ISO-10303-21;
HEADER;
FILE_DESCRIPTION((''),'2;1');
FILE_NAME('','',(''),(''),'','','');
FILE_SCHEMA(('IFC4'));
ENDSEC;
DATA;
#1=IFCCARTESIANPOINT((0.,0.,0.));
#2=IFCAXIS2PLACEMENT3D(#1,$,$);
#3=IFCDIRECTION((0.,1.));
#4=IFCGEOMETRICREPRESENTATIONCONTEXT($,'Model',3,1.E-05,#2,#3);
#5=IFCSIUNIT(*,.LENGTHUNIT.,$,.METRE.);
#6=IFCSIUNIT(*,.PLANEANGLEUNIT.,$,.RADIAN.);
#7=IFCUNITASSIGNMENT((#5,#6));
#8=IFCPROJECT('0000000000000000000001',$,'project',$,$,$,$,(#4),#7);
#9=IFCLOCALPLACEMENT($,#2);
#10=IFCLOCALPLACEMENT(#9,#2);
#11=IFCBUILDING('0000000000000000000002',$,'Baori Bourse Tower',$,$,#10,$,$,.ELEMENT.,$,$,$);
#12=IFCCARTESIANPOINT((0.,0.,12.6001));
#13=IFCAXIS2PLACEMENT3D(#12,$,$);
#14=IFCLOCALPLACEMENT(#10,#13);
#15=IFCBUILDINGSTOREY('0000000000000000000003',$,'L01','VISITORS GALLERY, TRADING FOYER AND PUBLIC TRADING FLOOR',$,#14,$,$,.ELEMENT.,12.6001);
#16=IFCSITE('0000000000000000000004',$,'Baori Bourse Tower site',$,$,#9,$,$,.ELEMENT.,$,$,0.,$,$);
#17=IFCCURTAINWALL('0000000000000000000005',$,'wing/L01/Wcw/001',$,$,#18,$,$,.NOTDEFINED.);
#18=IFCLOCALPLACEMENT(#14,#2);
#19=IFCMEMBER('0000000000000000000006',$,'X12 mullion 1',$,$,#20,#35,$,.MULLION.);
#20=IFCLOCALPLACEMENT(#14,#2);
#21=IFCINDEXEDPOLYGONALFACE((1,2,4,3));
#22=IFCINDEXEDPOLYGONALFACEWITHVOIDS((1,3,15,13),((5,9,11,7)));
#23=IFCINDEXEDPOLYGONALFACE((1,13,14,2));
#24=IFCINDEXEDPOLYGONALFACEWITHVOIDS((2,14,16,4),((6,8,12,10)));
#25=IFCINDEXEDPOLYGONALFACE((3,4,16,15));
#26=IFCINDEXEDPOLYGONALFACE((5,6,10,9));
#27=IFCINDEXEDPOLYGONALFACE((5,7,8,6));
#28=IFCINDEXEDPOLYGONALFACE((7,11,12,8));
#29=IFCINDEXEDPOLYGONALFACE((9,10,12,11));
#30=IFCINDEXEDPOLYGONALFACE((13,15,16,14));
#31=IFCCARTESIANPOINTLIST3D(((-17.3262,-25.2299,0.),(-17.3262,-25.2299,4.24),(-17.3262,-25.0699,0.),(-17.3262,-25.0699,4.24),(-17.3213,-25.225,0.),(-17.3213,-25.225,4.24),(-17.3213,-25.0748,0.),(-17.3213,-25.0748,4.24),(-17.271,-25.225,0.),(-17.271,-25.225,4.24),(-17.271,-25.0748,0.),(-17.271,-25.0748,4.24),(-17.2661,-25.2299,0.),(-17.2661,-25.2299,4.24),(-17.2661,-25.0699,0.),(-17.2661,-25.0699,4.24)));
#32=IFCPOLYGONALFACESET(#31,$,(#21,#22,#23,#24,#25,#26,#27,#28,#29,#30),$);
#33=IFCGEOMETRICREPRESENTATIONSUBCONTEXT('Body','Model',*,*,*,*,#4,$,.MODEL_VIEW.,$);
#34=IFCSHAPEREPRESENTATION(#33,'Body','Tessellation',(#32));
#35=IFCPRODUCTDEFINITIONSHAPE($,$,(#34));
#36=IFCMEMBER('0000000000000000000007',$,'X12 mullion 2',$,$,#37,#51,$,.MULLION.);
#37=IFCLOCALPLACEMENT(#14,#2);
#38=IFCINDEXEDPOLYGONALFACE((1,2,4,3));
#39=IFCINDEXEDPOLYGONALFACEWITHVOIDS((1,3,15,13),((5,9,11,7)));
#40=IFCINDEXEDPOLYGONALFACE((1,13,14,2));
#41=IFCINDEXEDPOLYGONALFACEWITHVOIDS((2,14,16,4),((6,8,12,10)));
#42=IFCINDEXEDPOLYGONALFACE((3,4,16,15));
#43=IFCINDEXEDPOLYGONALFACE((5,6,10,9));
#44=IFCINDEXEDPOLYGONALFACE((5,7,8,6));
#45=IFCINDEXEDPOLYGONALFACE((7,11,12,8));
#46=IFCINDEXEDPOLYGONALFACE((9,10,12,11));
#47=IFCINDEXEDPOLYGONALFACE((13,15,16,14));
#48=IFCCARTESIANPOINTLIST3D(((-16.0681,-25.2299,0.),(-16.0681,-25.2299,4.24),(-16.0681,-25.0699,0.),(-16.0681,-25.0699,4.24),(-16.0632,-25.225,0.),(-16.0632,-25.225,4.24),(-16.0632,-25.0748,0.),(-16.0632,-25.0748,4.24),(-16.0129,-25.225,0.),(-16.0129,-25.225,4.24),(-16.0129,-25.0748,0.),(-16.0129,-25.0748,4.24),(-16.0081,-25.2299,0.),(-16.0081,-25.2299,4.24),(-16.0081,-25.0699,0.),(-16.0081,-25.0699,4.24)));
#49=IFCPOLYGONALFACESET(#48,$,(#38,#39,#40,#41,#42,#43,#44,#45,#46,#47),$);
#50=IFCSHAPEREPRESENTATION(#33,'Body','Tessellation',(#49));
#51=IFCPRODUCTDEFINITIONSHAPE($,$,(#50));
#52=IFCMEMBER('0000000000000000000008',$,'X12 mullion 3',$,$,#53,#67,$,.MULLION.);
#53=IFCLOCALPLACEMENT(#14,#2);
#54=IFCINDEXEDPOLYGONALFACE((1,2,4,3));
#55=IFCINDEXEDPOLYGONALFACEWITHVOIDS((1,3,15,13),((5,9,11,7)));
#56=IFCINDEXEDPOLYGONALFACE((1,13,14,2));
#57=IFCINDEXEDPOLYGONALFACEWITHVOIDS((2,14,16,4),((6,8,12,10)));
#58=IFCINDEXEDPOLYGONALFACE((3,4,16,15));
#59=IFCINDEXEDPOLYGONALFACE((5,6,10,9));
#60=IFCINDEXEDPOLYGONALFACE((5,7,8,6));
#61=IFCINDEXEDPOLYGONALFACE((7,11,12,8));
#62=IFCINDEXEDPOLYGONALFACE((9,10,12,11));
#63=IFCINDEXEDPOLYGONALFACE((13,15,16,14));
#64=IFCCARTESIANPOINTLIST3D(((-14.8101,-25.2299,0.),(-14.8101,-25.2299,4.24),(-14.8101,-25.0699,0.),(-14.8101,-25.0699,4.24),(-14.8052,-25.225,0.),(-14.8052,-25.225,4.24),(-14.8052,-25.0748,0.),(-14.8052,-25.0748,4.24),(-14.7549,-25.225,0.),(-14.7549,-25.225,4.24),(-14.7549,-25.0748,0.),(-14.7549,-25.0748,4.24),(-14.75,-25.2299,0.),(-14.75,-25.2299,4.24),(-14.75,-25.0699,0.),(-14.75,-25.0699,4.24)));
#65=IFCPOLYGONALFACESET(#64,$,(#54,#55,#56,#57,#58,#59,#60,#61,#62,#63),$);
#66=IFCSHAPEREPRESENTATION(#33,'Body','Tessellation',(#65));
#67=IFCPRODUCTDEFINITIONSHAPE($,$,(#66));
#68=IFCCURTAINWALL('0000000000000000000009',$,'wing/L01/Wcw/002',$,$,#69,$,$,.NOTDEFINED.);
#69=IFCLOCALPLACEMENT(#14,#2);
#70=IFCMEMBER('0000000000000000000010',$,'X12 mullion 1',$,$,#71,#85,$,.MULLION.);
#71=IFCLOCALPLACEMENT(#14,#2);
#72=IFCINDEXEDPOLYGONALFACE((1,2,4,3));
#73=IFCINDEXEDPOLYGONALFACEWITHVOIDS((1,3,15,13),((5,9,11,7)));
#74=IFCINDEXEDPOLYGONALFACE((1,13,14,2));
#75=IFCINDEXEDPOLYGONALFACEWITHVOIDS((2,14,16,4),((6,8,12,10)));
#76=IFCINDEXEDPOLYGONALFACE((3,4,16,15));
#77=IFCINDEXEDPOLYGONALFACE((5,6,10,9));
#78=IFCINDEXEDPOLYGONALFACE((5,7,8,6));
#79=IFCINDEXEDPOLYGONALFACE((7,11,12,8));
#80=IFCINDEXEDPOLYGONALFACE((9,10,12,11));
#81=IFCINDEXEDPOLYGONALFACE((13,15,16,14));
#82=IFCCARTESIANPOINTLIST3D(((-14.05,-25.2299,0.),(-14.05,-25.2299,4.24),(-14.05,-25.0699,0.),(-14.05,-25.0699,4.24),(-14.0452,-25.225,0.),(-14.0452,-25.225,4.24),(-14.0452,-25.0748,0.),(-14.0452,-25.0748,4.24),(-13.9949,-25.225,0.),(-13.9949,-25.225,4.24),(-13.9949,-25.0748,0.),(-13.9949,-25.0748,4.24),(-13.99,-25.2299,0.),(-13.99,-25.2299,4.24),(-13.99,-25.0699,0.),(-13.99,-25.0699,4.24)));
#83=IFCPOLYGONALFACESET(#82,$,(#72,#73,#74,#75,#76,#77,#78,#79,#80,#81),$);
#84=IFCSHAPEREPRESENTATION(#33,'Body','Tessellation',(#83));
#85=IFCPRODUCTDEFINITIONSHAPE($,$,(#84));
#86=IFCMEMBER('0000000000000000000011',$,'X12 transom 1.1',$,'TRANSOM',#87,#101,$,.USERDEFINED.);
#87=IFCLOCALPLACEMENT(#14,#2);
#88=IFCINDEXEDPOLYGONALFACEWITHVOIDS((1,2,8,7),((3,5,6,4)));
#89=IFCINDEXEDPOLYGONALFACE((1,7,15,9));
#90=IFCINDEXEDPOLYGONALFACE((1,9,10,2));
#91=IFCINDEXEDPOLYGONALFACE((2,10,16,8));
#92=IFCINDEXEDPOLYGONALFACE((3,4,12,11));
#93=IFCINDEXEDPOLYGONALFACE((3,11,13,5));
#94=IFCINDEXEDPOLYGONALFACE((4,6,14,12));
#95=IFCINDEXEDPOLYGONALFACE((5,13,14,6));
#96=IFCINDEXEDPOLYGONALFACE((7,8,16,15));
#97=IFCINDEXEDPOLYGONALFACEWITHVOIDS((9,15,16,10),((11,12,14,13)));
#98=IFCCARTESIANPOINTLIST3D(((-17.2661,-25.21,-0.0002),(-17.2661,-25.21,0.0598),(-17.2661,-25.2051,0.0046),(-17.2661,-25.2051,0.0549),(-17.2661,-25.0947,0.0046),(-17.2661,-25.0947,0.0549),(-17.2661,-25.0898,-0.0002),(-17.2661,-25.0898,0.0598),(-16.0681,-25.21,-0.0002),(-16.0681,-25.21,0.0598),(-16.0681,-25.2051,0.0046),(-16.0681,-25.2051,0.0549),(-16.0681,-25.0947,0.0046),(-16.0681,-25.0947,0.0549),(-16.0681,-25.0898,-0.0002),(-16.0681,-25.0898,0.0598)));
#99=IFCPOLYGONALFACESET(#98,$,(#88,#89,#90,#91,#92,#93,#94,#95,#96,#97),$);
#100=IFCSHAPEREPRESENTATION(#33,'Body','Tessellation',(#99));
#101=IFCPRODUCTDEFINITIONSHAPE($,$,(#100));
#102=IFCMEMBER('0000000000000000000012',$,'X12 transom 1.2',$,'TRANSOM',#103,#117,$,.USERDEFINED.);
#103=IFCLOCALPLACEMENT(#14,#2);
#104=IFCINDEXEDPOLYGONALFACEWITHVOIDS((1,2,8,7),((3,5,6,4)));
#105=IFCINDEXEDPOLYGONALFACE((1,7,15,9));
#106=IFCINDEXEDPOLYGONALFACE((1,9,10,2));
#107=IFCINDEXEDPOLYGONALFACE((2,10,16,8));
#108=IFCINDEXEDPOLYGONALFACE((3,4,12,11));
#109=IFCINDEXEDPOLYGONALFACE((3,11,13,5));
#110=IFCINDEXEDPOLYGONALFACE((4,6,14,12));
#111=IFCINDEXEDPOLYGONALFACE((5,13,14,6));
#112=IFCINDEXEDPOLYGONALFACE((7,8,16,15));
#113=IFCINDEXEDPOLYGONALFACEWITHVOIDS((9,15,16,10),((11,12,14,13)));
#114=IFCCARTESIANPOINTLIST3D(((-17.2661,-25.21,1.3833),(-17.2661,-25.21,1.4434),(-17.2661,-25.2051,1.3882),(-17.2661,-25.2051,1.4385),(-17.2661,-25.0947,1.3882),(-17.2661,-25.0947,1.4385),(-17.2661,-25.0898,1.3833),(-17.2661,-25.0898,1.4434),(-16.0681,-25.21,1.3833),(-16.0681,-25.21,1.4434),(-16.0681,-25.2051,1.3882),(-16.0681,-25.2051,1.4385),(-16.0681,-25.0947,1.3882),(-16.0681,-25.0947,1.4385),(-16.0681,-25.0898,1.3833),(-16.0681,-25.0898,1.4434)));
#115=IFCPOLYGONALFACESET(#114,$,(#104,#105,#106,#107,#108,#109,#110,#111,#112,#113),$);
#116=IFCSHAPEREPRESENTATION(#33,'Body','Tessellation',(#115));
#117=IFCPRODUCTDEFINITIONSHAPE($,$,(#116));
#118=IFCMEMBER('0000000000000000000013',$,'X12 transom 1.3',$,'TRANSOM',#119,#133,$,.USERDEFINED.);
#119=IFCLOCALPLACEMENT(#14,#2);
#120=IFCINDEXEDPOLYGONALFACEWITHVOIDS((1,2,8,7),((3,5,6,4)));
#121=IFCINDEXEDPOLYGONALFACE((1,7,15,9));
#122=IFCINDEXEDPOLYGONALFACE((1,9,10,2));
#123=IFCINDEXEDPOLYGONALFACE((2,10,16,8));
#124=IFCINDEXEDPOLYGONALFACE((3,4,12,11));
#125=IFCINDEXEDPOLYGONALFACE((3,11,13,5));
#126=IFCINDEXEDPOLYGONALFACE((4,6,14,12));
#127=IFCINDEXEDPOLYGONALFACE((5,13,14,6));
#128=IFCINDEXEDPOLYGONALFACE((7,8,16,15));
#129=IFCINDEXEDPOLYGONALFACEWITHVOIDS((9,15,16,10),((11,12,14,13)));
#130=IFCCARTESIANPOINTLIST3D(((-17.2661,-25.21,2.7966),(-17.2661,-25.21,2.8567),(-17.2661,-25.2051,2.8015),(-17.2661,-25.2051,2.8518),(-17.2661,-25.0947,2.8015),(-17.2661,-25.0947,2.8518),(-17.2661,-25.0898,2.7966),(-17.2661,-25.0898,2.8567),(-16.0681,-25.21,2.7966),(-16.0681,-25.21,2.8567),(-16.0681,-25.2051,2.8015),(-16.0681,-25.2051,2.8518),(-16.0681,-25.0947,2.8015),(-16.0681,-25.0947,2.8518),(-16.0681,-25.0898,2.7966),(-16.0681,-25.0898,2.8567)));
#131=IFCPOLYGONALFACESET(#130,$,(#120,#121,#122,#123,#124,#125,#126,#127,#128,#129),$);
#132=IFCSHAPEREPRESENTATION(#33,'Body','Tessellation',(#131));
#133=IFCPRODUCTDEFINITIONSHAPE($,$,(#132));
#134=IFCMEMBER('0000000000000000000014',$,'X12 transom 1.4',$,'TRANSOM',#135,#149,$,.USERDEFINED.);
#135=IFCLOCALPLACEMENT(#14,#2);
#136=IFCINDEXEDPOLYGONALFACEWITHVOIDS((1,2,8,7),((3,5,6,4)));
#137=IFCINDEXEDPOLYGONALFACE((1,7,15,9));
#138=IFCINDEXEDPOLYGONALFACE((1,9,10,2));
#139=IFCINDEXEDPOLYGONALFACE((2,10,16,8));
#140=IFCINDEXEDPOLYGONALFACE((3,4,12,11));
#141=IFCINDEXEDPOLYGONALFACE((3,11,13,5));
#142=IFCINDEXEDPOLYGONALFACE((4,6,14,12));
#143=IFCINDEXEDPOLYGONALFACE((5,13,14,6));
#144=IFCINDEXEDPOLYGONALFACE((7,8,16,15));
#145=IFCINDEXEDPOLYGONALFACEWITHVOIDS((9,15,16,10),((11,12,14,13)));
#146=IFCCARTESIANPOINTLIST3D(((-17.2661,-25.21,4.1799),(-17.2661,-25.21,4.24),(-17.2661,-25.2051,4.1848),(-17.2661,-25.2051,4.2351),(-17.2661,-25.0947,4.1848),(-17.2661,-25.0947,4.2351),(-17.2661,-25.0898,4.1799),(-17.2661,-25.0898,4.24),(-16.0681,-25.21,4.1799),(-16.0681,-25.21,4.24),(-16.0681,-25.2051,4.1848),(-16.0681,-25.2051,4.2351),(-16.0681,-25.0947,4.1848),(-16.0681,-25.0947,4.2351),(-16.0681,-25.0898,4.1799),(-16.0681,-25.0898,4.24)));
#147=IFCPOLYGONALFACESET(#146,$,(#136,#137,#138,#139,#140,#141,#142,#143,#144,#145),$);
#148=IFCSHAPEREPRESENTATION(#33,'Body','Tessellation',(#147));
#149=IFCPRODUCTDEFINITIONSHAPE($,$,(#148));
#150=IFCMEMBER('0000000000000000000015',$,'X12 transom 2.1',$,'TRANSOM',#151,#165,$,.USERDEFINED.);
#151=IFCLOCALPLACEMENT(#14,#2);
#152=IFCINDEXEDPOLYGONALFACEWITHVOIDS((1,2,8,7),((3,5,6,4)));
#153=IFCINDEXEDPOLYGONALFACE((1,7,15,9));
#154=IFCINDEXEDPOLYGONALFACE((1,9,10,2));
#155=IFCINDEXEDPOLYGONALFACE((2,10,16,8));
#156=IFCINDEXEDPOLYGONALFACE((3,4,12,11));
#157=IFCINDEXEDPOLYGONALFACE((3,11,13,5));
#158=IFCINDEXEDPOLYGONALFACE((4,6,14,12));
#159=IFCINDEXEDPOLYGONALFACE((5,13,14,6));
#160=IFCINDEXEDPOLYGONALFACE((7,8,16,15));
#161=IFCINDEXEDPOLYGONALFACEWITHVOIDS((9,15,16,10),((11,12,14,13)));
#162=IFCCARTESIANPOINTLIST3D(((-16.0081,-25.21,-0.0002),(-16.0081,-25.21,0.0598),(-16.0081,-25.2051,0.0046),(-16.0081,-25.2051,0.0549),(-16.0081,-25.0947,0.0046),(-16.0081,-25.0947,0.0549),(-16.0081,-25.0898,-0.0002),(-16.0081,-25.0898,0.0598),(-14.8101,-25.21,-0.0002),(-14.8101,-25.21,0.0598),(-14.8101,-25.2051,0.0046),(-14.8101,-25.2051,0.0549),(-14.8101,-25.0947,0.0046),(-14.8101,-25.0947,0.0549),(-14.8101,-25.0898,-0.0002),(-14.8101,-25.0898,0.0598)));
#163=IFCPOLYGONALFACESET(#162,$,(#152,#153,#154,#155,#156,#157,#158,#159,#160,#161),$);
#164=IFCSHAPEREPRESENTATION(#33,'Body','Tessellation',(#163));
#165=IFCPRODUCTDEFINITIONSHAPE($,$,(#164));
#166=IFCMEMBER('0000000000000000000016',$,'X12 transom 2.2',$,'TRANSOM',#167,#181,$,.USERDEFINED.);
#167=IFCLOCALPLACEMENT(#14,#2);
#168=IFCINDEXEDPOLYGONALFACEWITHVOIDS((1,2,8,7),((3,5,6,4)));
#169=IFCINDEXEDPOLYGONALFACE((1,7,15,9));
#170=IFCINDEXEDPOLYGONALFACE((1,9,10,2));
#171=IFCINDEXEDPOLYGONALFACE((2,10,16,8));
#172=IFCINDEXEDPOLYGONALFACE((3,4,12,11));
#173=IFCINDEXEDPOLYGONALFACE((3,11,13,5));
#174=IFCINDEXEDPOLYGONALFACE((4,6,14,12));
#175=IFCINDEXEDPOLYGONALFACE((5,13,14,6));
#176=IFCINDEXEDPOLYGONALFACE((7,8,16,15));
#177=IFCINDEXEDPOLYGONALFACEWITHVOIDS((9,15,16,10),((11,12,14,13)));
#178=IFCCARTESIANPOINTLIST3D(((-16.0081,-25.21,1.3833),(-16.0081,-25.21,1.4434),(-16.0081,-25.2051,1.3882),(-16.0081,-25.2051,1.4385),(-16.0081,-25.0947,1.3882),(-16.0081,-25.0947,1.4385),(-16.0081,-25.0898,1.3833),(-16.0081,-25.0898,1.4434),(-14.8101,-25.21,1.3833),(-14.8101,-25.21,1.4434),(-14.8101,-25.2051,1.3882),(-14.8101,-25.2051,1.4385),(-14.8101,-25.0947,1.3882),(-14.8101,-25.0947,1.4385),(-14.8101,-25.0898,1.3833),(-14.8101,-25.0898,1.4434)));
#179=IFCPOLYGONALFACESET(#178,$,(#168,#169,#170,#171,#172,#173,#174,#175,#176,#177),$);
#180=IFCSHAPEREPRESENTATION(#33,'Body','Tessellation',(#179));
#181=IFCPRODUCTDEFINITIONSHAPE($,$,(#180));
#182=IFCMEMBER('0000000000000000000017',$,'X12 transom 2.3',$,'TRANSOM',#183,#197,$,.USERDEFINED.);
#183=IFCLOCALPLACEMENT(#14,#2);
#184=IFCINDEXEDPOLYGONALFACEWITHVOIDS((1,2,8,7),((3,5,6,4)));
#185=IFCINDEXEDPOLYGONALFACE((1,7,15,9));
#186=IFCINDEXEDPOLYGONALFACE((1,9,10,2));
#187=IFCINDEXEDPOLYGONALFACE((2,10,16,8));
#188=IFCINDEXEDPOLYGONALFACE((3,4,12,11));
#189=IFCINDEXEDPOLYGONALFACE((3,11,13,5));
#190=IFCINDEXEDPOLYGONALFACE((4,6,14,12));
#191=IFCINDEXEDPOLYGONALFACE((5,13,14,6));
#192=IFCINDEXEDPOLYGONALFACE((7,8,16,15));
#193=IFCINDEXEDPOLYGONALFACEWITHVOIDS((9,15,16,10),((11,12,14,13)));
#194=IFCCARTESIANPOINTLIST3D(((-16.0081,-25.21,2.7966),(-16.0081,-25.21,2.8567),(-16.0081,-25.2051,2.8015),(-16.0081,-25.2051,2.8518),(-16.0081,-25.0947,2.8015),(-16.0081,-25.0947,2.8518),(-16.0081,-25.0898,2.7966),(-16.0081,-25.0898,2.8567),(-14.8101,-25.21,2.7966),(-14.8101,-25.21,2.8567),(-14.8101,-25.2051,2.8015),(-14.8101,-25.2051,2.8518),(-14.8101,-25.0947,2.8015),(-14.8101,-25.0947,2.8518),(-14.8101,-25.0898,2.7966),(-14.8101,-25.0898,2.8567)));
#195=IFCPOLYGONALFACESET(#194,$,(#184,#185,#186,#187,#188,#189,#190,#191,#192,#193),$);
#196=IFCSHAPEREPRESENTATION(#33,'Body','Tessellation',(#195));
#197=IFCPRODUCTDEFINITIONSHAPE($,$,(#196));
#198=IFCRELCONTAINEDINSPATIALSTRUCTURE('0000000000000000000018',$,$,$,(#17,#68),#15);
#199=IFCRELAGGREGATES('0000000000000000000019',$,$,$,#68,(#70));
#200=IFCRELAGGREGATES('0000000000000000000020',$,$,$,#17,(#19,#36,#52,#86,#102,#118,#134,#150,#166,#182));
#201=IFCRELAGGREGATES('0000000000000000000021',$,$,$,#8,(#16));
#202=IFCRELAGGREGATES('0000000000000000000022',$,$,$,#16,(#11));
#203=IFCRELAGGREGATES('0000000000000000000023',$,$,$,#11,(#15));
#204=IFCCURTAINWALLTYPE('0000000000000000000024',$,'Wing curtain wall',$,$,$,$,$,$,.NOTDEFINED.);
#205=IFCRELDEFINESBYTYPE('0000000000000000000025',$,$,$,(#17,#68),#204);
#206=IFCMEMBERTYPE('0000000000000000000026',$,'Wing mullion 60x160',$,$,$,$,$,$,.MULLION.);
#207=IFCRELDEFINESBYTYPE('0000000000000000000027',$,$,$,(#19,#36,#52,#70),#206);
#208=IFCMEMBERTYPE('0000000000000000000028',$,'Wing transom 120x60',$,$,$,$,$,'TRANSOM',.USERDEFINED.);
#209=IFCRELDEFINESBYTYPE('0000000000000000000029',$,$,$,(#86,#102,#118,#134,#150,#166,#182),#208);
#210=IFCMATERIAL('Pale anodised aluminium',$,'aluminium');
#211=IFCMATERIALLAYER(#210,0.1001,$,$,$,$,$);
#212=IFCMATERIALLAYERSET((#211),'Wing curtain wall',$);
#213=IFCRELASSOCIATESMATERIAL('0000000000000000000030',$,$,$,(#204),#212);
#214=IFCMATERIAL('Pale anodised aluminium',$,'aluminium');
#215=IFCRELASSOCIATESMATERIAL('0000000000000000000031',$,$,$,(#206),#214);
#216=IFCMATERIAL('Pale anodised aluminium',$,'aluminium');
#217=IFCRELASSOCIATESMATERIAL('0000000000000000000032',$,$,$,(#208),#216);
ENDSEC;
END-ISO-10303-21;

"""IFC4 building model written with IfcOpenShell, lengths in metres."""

from ifc_helpers import new_model, si_unit, direction, frame, origin, origin_2d, place, context, subcontext, project, spatial, hollow_rectangle, extrude, material, layer, layer_set, material_profile, profile_set, type_object, element, aggregate, save


model = new_model("IFC4")

# Units and contexts
model_context = context("Model", 3, precision=1e-05, world=origin(), true_north=direction((0.0, 1.0)))
body_context = subcontext(model_context, "Body", "Model", "MODEL_VIEW")
ifc_project = project(units=[si_unit("LENGTHUNIT", "METRE"), si_unit("PLANEANGLEUNIT", "RADIAN")], contexts=[model_context])

# Site, building, storey
site_placement = place(None, origin())
site = spatial("IfcSite", under=ifc_project, at=site_placement, Name="Baori Bourse Tower site", CompositionType="ELEMENT", RefElevation=0.0)
building_placement = place(site_placement, origin())
building = spatial("IfcBuilding", under=site, at=building_placement, Name="Baori Bourse Tower", CompositionType="ELEMENT")
storey_placement = place(building_placement, frame((0.0, 0.0, 12.6001)))
storey = spatial("IfcBuildingStorey", under=building, at=storey_placement, Name="L01", Description="VISITORS GALLERY, TRADING FOYER AND PUBLIC TRADING FLOOR", CompositionType="ELEMENT", Elevation=12.6001)

# Curtain wall, members
ifc_material_1 = material(Name="Pale anodised aluminium", Category="aluminium")
ifc_layer_1 = layer(ifc_material_1, 0.1001)
ifc_layer_set_1 = layer_set([ifc_layer_1], Name="Wing curtain wall")
curtain_wall_type = type_object("IfcCurtainWallType", Name="Wing curtain wall", PredefinedType="NOTDEFINED", material=ifc_layer_set_1)
curtain_wall_1_placement = place(storey_placement, origin())
curtain_wall_1 = element("IfcCurtainWall", 1, at=curtain_wall_1_placement, inside=storey, type_object=curtain_wall_type, Name="wing/L01/Wcw/001", PredefinedType="NOTDEFINED")
ifc_material_2 = material(Name="Pale anodised aluminium", Category="aluminium")
ifc_material_profile_1 = material_profile(ifc_material_2, hollow_rectangle(XDim=0.1599, YDim=0.0601, WallThickness=0.0049, at=origin_2d()), Name="Mullion 160x60x5")
ifc_profile_set_1 = profile_set([ifc_material_profile_1], Name="Pale anodised aluminium")
member_type_1 = type_object("IfcMemberType", Name="Wing mullion 60x160", PredefinedType="MULLION", material=ifc_profile_set_1)
member_1_placement = place(storey_placement, frame((-17.2961, -25.1499, 0.0), z_axis=(0.0, 0.0, 1.0), x_axis=(0.0, 1.0, 0.0)))
member_1 = element("IfcMember", 2, at=member_1_placement, type_object=member_type_1, Name="X12 mullion 1", PredefinedType="MULLION", context=body_context, shape_type="SweptSolid", body=[
    extrude(hollow_rectangle(XDim=0.1599, YDim=0.0601, WallThickness=0.0049, at=origin_2d()), origin(), (0.0, 0.0, 1.0), 4.24),
])
member_2_placement = place(storey_placement, frame((-16.0381, -25.1499, 0.0), z_axis=(0.0, 0.0, 1.0), x_axis=(0.0, 1.0, 0.0)))
member_2 = element("IfcMember", 3, at=member_2_placement, type_object=member_type_1, Name="X12 mullion 2", PredefinedType="MULLION", context=body_context, shape_type="SweptSolid", body=[
    extrude(hollow_rectangle(XDim=0.1599, YDim=0.0601, WallThickness=0.0049, at=origin_2d()), origin(), (0.0, 0.0, 1.0), 4.24),
])
member_3_placement = place(storey_placement, frame((-14.78, -25.1499, 0.0), z_axis=(0.0, 0.0, 1.0), x_axis=(0.0, 1.0, 0.0)))
member_3 = element("IfcMember", 4, at=member_3_placement, type_object=member_type_1, Name="X12 mullion 3", PredefinedType="MULLION", context=body_context, shape_type="SweptSolid", body=[
    extrude(hollow_rectangle(XDim=0.1599, YDim=0.0601, WallThickness=0.0049, at=origin_2d()), origin(), (0.0, 0.0, 1.0), 4.24),
])

# Curtain wall, member
curtain_wall_2_placement = place(storey_placement, origin())
curtain_wall_2 = element("IfcCurtainWall", 5, at=curtain_wall_2_placement, inside=storey, type_object=curtain_wall_type, Name="wing/L01/Wcw/002", PredefinedType="NOTDEFINED")
member_4_placement = place(storey_placement, frame((-14.02, -25.1499, 0.0), z_axis=(0.0, 0.0, 1.0), x_axis=(0.0, 1.0, 0.0)))
member_4 = element("IfcMember", 6, at=member_4_placement, type_object=member_type_1, Name="X12 mullion 1", PredefinedType="MULLION", context=body_context, shape_type="SweptSolid", body=[
    extrude(hollow_rectangle(XDim=0.1599, YDim=0.0601, WallThickness=0.0049, at=origin_2d()), origin(), (0.0, 0.0, 1.0), 4.24),
])

# Members
ifc_material_3 = material(Name="Pale anodised aluminium", Category="aluminium")
ifc_material_profile_2 = material_profile(ifc_material_3, hollow_rectangle(XDim=0.1201, YDim=0.0601, WallThickness=0.0049, at=origin_2d()), Name="Transom 120x60x5")
ifc_profile_set_2 = profile_set([ifc_material_profile_2], Name="Pale anodised aluminium")
member_type_2 = type_object("IfcMemberType", Name="Wing transom 120x60", ElementType="TRANSOM", PredefinedType="USERDEFINED", material=ifc_profile_set_2)
member_5_placement = place(storey_placement, frame((-17.2661, -25.1499, 0.0298), z_axis=(1.0, 0.0, 0.0), x_axis=(0.0, 1.0, 0.0)))
member_5 = element("IfcMember", 7, at=member_5_placement, type_object=member_type_2, Name="X12 transom 1.1", ObjectType="TRANSOM", PredefinedType="USERDEFINED", context=body_context, shape_type="SweptSolid", body=[
    extrude(hollow_rectangle(XDim=0.1201, YDim=0.0601, WallThickness=0.0049, at=origin_2d()), origin(), (0.0, 0.0, 1.0), 1.198),
])
member_6_placement = place(storey_placement, frame((-17.2661, -25.1499, 1.4133), z_axis=(1.0, 0.0, 0.0), x_axis=(0.0, 1.0, 0.0)))
member_6 = element("IfcMember", 8, at=member_6_placement, type_object=member_type_2, Name="X12 transom 1.2", ObjectType="TRANSOM", PredefinedType="USERDEFINED", context=body_context, shape_type="SweptSolid", body=[
    extrude(hollow_rectangle(XDim=0.1201, YDim=0.0601, WallThickness=0.0049, at=origin_2d()), origin(), (0.0, 0.0, 1.0), 1.198),
])
member_7_placement = place(storey_placement, frame((-17.2661, -25.1499, 2.8267), z_axis=(1.0, 0.0, 0.0), x_axis=(0.0, 1.0, 0.0)))
member_7 = element("IfcMember", 9, at=member_7_placement, type_object=member_type_2, Name="X12 transom 1.3", ObjectType="TRANSOM", PredefinedType="USERDEFINED", context=body_context, shape_type="SweptSolid", body=[
    extrude(hollow_rectangle(XDim=0.1201, YDim=0.0601, WallThickness=0.0049, at=origin_2d()), origin(), (0.0, 0.0, 1.0), 1.198),
])
member_8_placement = place(storey_placement, frame((-17.2661, -25.1499, 4.21), z_axis=(1.0, 0.0, 0.0), x_axis=(0.0, 1.0, 0.0)))
member_8 = element("IfcMember", 10, at=member_8_placement, type_object=member_type_2, Name="X12 transom 1.4", ObjectType="TRANSOM", PredefinedType="USERDEFINED", context=body_context, shape_type="SweptSolid", body=[
    extrude(hollow_rectangle(XDim=0.1201, YDim=0.0601, WallThickness=0.0049, at=origin_2d()), origin(), (0.0, 0.0, 1.0), 1.198),
])
member_9_placement = place(storey_placement, frame((-16.0081, -25.1499, 0.0298), z_axis=(1.0, 0.0, 0.0), x_axis=(0.0, 1.0, 0.0)))
member_9 = element("IfcMember", 11, at=member_9_placement, type_object=member_type_2, Name="X12 transom 2.1", ObjectType="TRANSOM", PredefinedType="USERDEFINED", context=body_context, shape_type="SweptSolid", body=[
    extrude(hollow_rectangle(XDim=0.1201, YDim=0.0601, WallThickness=0.0049, at=origin_2d()), origin(), (0.0, 0.0, 1.0), 1.198),
])
member_10_placement = place(storey_placement, frame((-16.0081, -25.1499, 1.4133), z_axis=(1.0, 0.0, 0.0), x_axis=(0.0, 1.0, 0.0)))
member_10 = element("IfcMember", 12, at=member_10_placement, type_object=member_type_2, Name="X12 transom 2.2", ObjectType="TRANSOM", PredefinedType="USERDEFINED", context=body_context, shape_type="SweptSolid", body=[
    extrude(hollow_rectangle(XDim=0.1201, YDim=0.0601, WallThickness=0.0049, at=origin_2d()), origin(), (0.0, 0.0, 1.0), 1.198),
])
member_11_placement = place(storey_placement, frame((-16.0081, -25.1499, 2.8267), z_axis=(1.0, 0.0, 0.0), x_axis=(0.0, 1.0, 0.0)))
member_11 = element("IfcMember", 13, at=member_11_placement, type_object=member_type_2, Name="X12 transom 2.3", ObjectType="TRANSOM", PredefinedType="USERDEFINED", context=body_context, shape_type="SweptSolid", body=[
    extrude(hollow_rectangle(XDim=0.1201, YDim=0.0601, WallThickness=0.0049, at=origin_2d()), origin(), (0.0, 0.0, 1.0), 1.198),
])
aggregate(curtain_wall_2, [member_4])

aggregate(curtain_wall_1, [member_1, member_2, member_3, member_5, member_6, member_7, member_8, member_9, member_10, member_11])

save(model, "model.ifc")
